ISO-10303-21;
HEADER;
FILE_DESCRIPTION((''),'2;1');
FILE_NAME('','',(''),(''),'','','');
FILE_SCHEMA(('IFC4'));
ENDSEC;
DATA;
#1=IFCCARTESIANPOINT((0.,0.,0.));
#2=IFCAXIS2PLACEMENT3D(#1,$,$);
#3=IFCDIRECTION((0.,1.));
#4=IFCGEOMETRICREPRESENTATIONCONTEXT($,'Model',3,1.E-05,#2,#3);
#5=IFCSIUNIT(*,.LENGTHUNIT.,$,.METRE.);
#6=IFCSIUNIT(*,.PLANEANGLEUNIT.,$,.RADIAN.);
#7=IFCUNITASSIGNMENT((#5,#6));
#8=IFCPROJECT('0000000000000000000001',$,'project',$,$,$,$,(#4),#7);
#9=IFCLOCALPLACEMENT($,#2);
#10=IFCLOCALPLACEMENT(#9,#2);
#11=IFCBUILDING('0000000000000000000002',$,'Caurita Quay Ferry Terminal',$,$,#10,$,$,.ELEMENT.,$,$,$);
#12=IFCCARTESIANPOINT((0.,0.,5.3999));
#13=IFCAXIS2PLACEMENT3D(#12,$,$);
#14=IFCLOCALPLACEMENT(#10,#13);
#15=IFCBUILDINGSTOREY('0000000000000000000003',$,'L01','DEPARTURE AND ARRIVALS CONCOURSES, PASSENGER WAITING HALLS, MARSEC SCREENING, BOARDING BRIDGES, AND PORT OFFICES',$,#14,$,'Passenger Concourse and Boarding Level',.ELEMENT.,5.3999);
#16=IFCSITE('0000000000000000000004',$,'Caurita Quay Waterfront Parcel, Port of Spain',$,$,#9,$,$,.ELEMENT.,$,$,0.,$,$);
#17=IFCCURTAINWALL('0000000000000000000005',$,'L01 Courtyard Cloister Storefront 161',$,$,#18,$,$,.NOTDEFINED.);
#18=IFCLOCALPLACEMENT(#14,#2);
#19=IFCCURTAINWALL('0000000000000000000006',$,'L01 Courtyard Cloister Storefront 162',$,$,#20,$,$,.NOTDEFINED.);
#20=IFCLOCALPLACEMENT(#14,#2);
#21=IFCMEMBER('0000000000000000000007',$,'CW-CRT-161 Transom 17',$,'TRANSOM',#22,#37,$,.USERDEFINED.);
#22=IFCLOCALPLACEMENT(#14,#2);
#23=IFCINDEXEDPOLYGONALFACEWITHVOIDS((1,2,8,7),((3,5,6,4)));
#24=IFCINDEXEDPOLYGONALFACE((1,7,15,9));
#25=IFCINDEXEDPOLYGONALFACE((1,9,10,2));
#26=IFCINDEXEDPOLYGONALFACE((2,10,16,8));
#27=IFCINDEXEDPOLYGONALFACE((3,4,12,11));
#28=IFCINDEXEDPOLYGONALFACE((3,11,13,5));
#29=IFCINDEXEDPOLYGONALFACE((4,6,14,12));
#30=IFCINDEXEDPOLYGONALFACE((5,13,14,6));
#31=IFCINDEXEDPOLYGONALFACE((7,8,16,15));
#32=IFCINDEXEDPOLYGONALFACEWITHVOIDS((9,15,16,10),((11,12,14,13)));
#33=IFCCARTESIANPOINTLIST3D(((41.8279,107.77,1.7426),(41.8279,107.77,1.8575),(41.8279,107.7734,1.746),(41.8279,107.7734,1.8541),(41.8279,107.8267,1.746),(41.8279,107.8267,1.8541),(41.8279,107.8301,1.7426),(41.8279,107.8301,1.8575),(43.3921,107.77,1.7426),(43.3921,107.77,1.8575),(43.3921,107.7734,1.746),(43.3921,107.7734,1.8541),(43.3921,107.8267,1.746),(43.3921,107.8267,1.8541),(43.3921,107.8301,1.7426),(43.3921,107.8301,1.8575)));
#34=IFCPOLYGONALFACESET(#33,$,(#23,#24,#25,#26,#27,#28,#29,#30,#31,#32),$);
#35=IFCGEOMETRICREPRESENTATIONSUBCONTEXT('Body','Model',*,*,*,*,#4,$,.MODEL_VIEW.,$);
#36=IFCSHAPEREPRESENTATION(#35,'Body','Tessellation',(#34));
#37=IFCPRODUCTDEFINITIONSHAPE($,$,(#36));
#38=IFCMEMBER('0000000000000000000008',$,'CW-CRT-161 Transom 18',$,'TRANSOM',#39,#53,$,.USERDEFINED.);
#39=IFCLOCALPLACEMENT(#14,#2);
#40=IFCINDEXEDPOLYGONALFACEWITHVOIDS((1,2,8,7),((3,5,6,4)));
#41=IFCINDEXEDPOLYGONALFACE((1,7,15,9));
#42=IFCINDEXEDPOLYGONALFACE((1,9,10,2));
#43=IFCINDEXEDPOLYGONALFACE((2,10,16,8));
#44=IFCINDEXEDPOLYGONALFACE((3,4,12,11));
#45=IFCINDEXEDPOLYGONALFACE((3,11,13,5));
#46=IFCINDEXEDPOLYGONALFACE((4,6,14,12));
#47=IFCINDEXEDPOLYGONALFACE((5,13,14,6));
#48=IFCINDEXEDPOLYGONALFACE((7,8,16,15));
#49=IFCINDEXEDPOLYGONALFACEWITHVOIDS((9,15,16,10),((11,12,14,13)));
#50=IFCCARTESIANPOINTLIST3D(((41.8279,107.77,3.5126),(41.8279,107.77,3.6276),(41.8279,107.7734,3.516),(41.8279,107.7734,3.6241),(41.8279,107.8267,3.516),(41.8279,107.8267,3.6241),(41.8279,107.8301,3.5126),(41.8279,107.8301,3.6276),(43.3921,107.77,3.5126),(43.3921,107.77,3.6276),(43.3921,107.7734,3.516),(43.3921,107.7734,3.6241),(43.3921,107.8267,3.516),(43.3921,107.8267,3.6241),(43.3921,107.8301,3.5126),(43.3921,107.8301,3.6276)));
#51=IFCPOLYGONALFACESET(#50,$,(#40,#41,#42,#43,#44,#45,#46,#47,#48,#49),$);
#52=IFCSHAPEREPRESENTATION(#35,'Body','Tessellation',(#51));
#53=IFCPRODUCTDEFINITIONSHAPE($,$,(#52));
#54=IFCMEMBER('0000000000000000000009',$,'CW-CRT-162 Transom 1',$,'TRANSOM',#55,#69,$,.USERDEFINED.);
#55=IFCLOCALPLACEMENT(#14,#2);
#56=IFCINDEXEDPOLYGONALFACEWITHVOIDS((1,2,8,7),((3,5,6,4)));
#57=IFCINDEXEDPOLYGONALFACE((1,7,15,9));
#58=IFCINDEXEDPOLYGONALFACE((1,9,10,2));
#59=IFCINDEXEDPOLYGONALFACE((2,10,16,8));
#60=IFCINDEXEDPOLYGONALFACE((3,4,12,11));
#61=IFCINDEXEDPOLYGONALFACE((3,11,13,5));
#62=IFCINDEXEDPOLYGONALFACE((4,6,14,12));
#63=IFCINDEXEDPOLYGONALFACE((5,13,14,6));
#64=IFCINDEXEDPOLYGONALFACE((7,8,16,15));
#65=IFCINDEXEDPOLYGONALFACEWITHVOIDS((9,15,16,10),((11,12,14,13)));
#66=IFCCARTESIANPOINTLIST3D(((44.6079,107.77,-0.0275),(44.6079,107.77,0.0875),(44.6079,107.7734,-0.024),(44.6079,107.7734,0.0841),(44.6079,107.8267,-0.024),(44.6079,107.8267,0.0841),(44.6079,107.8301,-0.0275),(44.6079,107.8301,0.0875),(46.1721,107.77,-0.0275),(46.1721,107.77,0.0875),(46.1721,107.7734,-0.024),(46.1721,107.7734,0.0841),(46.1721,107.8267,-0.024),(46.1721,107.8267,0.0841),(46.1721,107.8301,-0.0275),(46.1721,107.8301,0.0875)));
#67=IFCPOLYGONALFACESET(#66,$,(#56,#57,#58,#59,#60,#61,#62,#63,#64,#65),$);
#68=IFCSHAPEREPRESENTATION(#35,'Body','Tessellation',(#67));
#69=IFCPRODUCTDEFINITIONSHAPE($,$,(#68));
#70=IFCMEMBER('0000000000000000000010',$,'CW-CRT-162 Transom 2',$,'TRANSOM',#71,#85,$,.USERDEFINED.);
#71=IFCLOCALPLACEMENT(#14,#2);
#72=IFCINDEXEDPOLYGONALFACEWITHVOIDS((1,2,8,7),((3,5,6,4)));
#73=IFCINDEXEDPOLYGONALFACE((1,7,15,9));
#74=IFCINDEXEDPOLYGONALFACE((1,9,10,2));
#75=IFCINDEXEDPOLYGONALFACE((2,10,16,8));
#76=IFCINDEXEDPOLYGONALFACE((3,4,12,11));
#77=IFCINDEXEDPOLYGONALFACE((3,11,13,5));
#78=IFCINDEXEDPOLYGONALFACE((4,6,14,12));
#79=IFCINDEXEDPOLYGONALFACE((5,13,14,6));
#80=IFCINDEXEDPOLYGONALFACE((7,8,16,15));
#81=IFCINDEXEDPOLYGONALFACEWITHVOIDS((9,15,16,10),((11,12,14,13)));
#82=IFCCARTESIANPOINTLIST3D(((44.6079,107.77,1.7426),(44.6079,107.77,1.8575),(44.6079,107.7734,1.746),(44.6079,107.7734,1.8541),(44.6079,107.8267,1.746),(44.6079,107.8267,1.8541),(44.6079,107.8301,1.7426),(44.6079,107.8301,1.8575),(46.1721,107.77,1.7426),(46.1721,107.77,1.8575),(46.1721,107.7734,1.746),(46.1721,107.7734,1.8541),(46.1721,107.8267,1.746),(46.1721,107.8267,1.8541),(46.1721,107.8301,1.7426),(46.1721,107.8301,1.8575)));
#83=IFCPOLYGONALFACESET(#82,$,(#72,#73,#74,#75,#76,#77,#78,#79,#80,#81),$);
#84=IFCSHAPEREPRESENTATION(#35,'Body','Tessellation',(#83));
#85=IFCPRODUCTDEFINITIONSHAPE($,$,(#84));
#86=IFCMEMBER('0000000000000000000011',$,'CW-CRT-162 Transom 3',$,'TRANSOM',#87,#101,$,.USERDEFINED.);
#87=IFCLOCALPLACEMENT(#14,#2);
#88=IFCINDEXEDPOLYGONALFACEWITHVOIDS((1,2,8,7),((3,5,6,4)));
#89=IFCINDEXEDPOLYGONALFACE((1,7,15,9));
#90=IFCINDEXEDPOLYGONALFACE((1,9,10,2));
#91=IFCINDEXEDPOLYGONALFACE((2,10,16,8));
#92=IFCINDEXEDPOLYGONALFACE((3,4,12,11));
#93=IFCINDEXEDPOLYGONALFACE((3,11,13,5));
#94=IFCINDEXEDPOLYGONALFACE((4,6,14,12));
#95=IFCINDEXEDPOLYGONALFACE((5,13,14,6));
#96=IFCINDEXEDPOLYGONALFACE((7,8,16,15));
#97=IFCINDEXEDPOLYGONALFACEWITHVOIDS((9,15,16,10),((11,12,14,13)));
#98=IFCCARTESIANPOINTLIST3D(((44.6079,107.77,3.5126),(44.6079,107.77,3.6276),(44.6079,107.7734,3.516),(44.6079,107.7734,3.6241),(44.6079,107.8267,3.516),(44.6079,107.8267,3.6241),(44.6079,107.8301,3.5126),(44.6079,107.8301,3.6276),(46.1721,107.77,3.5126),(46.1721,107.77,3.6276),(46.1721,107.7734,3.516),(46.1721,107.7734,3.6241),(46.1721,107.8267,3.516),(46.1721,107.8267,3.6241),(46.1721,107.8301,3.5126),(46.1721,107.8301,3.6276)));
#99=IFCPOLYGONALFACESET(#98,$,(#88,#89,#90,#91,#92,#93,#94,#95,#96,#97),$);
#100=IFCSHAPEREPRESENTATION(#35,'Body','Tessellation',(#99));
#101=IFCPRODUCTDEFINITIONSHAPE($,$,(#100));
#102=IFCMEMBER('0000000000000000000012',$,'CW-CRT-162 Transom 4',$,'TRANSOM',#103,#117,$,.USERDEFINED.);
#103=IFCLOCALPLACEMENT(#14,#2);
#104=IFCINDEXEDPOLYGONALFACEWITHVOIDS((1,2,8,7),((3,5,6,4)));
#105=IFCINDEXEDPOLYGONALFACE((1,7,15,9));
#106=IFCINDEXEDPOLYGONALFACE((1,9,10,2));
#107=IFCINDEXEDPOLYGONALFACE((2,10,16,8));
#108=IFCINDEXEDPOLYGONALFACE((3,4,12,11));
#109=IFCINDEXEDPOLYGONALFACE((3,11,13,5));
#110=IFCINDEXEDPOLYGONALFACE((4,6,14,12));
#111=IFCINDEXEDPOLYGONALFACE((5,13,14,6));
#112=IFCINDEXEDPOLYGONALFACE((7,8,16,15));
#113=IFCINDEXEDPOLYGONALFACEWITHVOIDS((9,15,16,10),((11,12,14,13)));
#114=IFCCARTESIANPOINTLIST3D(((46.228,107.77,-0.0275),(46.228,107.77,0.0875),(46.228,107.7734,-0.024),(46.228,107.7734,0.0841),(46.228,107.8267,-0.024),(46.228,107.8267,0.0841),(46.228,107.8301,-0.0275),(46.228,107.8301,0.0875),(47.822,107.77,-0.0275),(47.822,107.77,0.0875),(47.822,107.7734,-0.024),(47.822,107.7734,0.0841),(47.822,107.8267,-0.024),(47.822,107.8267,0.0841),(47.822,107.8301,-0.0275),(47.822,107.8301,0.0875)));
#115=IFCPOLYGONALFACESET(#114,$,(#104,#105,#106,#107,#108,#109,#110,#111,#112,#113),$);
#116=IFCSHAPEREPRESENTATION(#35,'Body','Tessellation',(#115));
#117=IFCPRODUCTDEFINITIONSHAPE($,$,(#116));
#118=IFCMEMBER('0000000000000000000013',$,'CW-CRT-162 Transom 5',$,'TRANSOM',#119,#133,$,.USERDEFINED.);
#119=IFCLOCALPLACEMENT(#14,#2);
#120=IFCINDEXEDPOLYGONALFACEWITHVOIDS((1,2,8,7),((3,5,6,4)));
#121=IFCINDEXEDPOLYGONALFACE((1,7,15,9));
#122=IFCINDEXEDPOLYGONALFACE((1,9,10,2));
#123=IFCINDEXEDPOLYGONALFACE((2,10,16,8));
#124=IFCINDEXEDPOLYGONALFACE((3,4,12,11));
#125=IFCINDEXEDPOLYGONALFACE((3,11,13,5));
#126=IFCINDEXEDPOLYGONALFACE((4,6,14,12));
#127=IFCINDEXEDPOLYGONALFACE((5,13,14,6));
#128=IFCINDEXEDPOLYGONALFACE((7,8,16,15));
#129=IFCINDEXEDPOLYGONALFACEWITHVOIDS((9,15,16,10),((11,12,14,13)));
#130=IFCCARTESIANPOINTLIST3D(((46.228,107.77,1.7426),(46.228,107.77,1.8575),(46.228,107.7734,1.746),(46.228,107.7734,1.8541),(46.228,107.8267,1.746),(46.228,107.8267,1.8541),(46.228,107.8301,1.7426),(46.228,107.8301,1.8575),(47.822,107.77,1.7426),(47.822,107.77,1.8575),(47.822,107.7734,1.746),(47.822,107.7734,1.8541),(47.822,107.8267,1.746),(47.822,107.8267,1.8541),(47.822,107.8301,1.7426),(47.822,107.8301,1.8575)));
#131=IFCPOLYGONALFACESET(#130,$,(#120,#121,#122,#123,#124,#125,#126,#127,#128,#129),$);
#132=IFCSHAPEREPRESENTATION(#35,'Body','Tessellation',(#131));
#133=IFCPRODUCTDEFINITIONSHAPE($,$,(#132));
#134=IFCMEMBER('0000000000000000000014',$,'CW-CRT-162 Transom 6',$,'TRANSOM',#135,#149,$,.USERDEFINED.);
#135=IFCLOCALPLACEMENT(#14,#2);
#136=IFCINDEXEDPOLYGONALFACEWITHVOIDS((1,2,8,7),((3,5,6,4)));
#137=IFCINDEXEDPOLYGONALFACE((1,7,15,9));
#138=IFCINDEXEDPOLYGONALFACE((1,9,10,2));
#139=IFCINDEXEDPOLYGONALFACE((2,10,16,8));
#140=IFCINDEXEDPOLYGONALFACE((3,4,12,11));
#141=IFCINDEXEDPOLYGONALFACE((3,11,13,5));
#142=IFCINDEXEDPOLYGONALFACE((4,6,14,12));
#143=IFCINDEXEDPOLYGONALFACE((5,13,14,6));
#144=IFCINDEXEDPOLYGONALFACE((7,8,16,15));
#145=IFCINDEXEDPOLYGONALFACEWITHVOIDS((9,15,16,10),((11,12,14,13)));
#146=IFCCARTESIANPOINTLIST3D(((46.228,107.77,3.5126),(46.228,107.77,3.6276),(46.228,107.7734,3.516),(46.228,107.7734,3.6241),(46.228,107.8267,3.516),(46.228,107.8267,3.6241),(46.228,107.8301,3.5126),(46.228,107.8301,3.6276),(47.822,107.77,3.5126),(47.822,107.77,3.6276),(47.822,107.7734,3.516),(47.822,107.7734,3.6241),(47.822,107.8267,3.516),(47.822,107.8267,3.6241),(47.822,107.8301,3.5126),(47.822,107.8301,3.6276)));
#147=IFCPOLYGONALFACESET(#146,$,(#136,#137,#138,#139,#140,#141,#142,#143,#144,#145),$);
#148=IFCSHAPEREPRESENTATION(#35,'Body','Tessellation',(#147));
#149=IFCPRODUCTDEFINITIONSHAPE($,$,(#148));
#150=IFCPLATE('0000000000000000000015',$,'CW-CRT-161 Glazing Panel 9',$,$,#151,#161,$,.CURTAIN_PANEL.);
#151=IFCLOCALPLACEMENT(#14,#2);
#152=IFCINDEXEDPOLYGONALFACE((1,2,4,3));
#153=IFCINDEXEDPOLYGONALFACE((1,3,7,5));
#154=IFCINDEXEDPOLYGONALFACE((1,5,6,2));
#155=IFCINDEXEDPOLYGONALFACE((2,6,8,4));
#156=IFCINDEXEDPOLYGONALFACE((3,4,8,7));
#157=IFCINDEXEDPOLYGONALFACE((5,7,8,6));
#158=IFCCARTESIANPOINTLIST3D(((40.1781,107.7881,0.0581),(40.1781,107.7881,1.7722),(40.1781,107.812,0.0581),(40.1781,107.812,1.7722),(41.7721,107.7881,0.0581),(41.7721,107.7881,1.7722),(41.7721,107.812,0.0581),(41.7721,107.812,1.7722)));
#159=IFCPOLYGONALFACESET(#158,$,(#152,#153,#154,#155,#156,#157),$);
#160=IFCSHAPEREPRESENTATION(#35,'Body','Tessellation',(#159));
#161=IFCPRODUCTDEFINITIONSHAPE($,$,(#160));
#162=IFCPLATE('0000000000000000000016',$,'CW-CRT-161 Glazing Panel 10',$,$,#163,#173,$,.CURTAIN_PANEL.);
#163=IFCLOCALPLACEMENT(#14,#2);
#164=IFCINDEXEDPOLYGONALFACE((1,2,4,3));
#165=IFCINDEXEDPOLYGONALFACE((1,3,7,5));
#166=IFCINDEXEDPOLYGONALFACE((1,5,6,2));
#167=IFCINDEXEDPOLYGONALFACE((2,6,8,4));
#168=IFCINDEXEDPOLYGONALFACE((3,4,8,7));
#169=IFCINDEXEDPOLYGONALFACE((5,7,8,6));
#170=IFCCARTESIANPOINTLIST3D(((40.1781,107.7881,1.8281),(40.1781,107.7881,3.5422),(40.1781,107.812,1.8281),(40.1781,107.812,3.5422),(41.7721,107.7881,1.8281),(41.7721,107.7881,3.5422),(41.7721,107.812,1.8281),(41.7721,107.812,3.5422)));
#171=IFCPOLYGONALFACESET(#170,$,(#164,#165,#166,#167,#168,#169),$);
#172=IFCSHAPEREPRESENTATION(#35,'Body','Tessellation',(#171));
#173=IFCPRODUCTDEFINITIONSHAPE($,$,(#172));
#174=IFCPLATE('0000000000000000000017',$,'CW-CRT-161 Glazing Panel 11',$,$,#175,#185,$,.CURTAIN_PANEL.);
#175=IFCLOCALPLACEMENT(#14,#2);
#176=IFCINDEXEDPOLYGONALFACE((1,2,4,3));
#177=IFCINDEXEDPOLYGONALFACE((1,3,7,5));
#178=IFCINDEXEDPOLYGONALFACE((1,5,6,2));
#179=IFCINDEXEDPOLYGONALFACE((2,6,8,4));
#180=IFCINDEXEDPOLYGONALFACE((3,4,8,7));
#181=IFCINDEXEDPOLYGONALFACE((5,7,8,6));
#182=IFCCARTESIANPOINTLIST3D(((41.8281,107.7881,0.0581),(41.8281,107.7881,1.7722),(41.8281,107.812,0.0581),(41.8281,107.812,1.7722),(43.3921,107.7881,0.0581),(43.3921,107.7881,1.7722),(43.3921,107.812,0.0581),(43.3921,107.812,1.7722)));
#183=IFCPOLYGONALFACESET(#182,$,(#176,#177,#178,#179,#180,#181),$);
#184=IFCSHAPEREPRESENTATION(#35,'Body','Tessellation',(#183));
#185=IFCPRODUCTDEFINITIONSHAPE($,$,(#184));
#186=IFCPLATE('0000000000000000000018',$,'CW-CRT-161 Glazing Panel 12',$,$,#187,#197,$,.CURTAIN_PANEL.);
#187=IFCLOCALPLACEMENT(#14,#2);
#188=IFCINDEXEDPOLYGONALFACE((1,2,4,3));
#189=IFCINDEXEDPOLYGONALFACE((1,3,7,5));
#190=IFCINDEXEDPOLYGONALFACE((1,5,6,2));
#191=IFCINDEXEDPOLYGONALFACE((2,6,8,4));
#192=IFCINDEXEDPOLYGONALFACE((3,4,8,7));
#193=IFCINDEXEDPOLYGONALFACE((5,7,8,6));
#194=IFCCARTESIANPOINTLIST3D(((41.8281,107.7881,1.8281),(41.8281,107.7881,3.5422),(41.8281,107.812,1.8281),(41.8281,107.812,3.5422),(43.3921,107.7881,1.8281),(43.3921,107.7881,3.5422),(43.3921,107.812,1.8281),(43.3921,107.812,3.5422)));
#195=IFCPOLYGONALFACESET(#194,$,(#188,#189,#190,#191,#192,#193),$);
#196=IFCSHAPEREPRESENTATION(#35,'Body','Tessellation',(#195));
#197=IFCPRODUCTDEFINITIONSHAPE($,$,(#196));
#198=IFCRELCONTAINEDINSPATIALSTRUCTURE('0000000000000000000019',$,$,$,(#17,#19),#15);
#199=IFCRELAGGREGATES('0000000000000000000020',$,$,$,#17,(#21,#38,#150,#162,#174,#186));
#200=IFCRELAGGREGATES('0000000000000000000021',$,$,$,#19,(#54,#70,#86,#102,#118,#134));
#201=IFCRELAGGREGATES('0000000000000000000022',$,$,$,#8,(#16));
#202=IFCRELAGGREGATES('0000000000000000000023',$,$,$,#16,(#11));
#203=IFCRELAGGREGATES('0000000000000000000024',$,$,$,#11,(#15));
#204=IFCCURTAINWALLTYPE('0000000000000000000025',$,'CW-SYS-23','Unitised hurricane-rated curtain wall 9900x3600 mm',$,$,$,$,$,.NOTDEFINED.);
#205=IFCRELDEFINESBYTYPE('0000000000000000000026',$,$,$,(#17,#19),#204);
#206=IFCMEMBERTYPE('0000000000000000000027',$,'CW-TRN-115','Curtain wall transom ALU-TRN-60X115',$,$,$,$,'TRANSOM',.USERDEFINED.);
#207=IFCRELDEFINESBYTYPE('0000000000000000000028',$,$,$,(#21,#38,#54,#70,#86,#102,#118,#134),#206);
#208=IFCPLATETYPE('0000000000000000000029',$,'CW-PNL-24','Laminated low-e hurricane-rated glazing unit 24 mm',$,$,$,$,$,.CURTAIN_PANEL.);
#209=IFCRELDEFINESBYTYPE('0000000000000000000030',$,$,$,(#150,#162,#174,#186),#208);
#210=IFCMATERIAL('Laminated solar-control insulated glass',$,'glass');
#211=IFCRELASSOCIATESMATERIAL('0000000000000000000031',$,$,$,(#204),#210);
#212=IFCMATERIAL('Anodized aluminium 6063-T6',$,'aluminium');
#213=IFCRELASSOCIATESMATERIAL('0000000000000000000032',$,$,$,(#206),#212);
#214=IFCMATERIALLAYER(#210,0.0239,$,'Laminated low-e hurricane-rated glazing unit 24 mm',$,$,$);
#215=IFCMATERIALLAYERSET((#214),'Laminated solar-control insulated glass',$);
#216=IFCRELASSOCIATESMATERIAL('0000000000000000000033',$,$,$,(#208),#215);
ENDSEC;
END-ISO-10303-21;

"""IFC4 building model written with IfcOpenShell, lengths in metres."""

from ifc_helpers import new_model, si_unit, direction, frame, origin, origin_2d, place, context, subcontext, project, spatial, rectangle, hollow_rectangle, extrude, material, layer, layer_set, material_profile, profile_set, type_object, element, aggregate, save


model = new_model("IFC4")

# Units and contexts
model_context = context("Model", 3, precision=1e-05, world=origin(), true_north=direction((0.0, 1.0)))
body_context = subcontext(model_context, "Body", "Model", "MODEL_VIEW")
ifc_project = project(units=[si_unit("LENGTHUNIT", "METRE"), si_unit("PLANEANGLEUNIT", "RADIAN")], contexts=[model_context])

# Site, building, storey
site_placement = place(None, origin())
site = spatial("IfcSite", under=ifc_project, at=site_placement, Name="Caurita Quay Waterfront Parcel, Port of Spain", CompositionType="ELEMENT", RefElevation=0.0)
building_placement = place(site_placement, origin())
building = spatial("IfcBuilding", under=site, at=building_placement, Name="Caurita Quay Ferry Terminal", CompositionType="ELEMENT")
storey_placement = place(building_placement, frame((0.0, 0.0, 5.3999)))
storey = spatial("IfcBuildingStorey", under=building, at=storey_placement, Name="L01", Description="DEPARTURE AND ARRIVALS CONCOURSES, PASSENGER WAITING HALLS, MARSEC SCREENING, BOARDING BRIDGES, AND PORT OFFICES", LongName="Passenger Concourse and Boarding Level", CompositionType="ELEMENT", Elevation=5.3999)

# Curtain walls
ifc_material_1 = material(Name="Laminated solar-control insulated glass", Category="glass")
curtain_wall_type = type_object("IfcCurtainWallType", Name="CW-SYS-23", Description="Unitised hurricane-rated curtain wall 9900x3600 mm", PredefinedType="NOTDEFINED", material=ifc_material_1)
curtain_wall_1_placement = place(storey_placement, origin())
curtain_wall_1 = element("IfcCurtainWall", 1, at=curtain_wall_1_placement, inside=storey, type_object=curtain_wall_type, Name="L01 Courtyard Cloister Storefront 161", PredefinedType="NOTDEFINED")
ifc_material_2 = material(Name="Anodized aluminium 6063-T6", Category="aluminium")
curtain_wall_2_placement = place(storey_placement, origin())
curtain_wall_2 = element("IfcCurtainWall", 2, at=curtain_wall_2_placement, inside=storey, type_object=curtain_wall_type, Name="L01 Courtyard Cloister Storefront 162", PredefinedType="NOTDEFINED")

# Members
ifc_material_profile_1 = material_profile(ifc_material_2, hollow_rectangle(XDim=0.0601, YDim=0.115, WallThickness=0.0034, at=origin_2d()), Name="ALU-TRN-60X115")
ifc_profile_set_1 = profile_set([ifc_material_profile_1], Name="Anodized aluminium 6063-T6")
member_type_1 = type_object("IfcMemberType", Name="CW-TRN-115", Description="Curtain wall transom ALU-TRN-60X115", ElementType="TRANSOM", PredefinedType="USERDEFINED", material=ifc_profile_set_1)
member_1_placement = place(storey_placement, frame((41.8279, 107.8, 1.8), z_axis=(1.0, 0.0, 0.0), x_axis=(0.0, 1.0, 0.0)))
member_1 = element("IfcMember", 3, at=member_1_placement, type_object=member_type_1, Name="CW-CRT-161 Transom 17", ObjectType="TRANSOM", PredefinedType="USERDEFINED", context=body_context, shape_type="SweptSolid", body=[
    extrude(hollow_rectangle(XDim=0.0601, YDim=0.115, WallThickness=0.0034, at=origin_2d()), origin(), (0.0, 0.0, 1.0), 1.5642),
])
member_2_placement = place(storey_placement, frame((41.8279, 107.8, 3.5701), z_axis=(1.0, 0.0, 0.0), x_axis=(0.0, 1.0, 0.0)))
member_2 = element("IfcMember", 4, at=member_2_placement, type_object=member_type_1, Name="CW-CRT-161 Transom 18", ObjectType="TRANSOM", PredefinedType="USERDEFINED", context=body_context, shape_type="SweptSolid", body=[
    extrude(hollow_rectangle(XDim=0.0601, YDim=0.115, WallThickness=0.0034, at=origin_2d()), origin(), (0.0, 0.0, 1.0), 1.5642),
])
member_3_placement = place(storey_placement, frame((44.6079, 107.8, 0.03), z_axis=(1.0, 0.0, 0.0), x_axis=(0.0, 1.0, 0.0)))
member_3 = element("IfcMember", 5, at=member_3_placement, type_object=member_type_1, Name="CW-CRT-162 Transom 1", ObjectType="TRANSOM", PredefinedType="USERDEFINED", context=body_context, shape_type="SweptSolid", body=[
    extrude(hollow_rectangle(XDim=0.0601, YDim=0.115, WallThickness=0.0034, at=origin_2d()), origin(), (0.0, 0.0, 1.0), 1.5642),
])
member_4_placement = place(storey_placement, frame((44.6079, 107.8, 1.8), z_axis=(1.0, 0.0, 0.0), x_axis=(0.0, 1.0, 0.0)))
member_4 = element("IfcMember", 6, at=member_4_placement, type_object=member_type_1, Name="CW-CRT-162 Transom 2", ObjectType="TRANSOM", PredefinedType="USERDEFINED", context=body_context, shape_type="SweptSolid", body=[
    extrude(hollow_rectangle(XDim=0.0601, YDim=0.115, WallThickness=0.0034, at=origin_2d()), origin(), (0.0, 0.0, 1.0), 1.5642),
])
member_5_placement = place(storey_placement, frame((44.6079, 107.8, 3.5701), z_axis=(1.0, 0.0, 0.0), x_axis=(0.0, 1.0, 0.0)))
member_5 = element("IfcMember", 7, at=member_5_placement, type_object=member_type_1, Name="CW-CRT-162 Transom 3", ObjectType="TRANSOM", PredefinedType="USERDEFINED", context=body_context, shape_type="SweptSolid", body=[
    extrude(hollow_rectangle(XDim=0.0601, YDim=0.115, WallThickness=0.0034, at=origin_2d()), origin(), (0.0, 0.0, 1.0), 1.5642),
])
member_6_placement = place(storey_placement, frame((46.228, 107.8, 0.03), z_axis=(1.0, 0.0, 0.0), x_axis=(0.0, 1.0, 0.0)))
member_6 = element("IfcMember", 8, at=member_6_placement, type_object=member_type_1, Name="CW-CRT-162 Transom 4", ObjectType="TRANSOM", PredefinedType="USERDEFINED", context=body_context, shape_type="SweptSolid", body=[
    extrude(hollow_rectangle(XDim=0.0601, YDim=0.115, WallThickness=0.0034, at=origin_2d()), origin(), (0.0, 0.0, 1.0), 1.594),
])
member_7_placement = place(storey_placement, frame((46.228, 107.8, 1.8), z_axis=(1.0, 0.0, 0.0), x_axis=(0.0, 1.0, 0.0)))
member_7 = element("IfcMember", 9, at=member_7_placement, type_object=member_type_1, Name="CW-CRT-162 Transom 5", ObjectType="TRANSOM", PredefinedType="USERDEFINED", context=body_context, shape_type="SweptSolid", body=[
    extrude(hollow_rectangle(XDim=0.0601, YDim=0.115, WallThickness=0.0034, at=origin_2d()), origin(), (0.0, 0.0, 1.0), 1.594),
])
member_8_placement = place(storey_placement, frame((46.228, 107.8, 3.5701), z_axis=(1.0, 0.0, 0.0), x_axis=(0.0, 1.0, 0.0)))
member_8 = element("IfcMember", 10, at=member_8_placement, type_object=member_type_1, Name="CW-CRT-162 Transom 6", ObjectType="TRANSOM", PredefinedType="USERDEFINED", context=body_context, shape_type="SweptSolid", body=[
    extrude(hollow_rectangle(XDim=0.0601, YDim=0.115, WallThickness=0.0034, at=origin_2d()), origin(), (0.0, 0.0, 1.0), 1.594),
])

# Plates
ifc_layer_1 = layer(ifc_material_1, 0.0239, Name="Laminated low-e hurricane-rated glazing unit 24 mm")
ifc_layer_set_1 = layer_set([ifc_layer_1], Name="Laminated solar-control insulated glass")
plate_type = type_object("IfcPlateType", Name="CW-PNL-24", Description="Laminated low-e hurricane-rated glazing unit 24 mm", PredefinedType="CURTAIN_PANEL", material=ifc_layer_set_1)
plate_1_placement = place(storey_placement, frame((40.9751, 107.8, 0.0581), z_axis=(0.0, 0.0, 1.0), x_axis=(1.0, 0.0, 0.0)))
plate_1 = element("IfcPlate", 11, at=plate_1_placement, type_object=plate_type, Name="CW-CRT-161 Glazing Panel 9", PredefinedType="CURTAIN_PANEL", context=body_context, shape_type="SweptSolid", body=[
    extrude(rectangle(XDim=1.594, YDim=0.0239, at=origin_2d()), origin(), (0.0, 0.0, 1.0), 1.7141),
])
plate_2_placement = place(storey_placement, frame((40.9751, 107.8, 1.8281), z_axis=(0.0, 0.0, 1.0), x_axis=(1.0, 0.0, 0.0)))
plate_2 = element("IfcPlate", 12, at=plate_2_placement, type_object=plate_type, Name="CW-CRT-161 Glazing Panel 10", PredefinedType="CURTAIN_PANEL", context=body_context, shape_type="SweptSolid", body=[
    extrude(rectangle(XDim=1.594, YDim=0.0239, at=origin_2d()), origin(), (0.0, 0.0, 1.0), 1.7141),
])
plate_3_placement = place(storey_placement, frame((42.6101, 107.8, 0.0581), z_axis=(0.0, 0.0, 1.0), x_axis=(1.0, 0.0, 0.0)))
plate_3 = element("IfcPlate", 13, at=plate_3_placement, type_object=plate_type, Name="CW-CRT-161 Glazing Panel 11", PredefinedType="CURTAIN_PANEL", context=body_context, shape_type="SweptSolid", body=[
    extrude(rectangle(XDim=1.564, YDim=0.0239, at=origin_2d()), origin(), (0.0, 0.0, 1.0), 1.7141),
])
plate_4_placement = place(storey_placement, frame((42.6101, 107.8, 1.8281), z_axis=(0.0, 0.0, 1.0), x_axis=(1.0, 0.0, 0.0)))
plate_4 = element("IfcPlate", 14, at=plate_4_placement, type_object=plate_type, Name="CW-CRT-161 Glazing Panel 12", PredefinedType="CURTAIN_PANEL", context=body_context, shape_type="SweptSolid", body=[
    extrude(rectangle(XDim=1.564, YDim=0.0239, at=origin_2d()), origin(), (0.0, 0.0, 1.0), 1.7141),
])
aggregate(curtain_wall_1, [member_1, member_2, plate_1, plate_2, plate_3, plate_4])
aggregate(curtain_wall_2, [member_3, member_4, member_5, member_6, member_7, member_8])

save(model, "model.ifc")
